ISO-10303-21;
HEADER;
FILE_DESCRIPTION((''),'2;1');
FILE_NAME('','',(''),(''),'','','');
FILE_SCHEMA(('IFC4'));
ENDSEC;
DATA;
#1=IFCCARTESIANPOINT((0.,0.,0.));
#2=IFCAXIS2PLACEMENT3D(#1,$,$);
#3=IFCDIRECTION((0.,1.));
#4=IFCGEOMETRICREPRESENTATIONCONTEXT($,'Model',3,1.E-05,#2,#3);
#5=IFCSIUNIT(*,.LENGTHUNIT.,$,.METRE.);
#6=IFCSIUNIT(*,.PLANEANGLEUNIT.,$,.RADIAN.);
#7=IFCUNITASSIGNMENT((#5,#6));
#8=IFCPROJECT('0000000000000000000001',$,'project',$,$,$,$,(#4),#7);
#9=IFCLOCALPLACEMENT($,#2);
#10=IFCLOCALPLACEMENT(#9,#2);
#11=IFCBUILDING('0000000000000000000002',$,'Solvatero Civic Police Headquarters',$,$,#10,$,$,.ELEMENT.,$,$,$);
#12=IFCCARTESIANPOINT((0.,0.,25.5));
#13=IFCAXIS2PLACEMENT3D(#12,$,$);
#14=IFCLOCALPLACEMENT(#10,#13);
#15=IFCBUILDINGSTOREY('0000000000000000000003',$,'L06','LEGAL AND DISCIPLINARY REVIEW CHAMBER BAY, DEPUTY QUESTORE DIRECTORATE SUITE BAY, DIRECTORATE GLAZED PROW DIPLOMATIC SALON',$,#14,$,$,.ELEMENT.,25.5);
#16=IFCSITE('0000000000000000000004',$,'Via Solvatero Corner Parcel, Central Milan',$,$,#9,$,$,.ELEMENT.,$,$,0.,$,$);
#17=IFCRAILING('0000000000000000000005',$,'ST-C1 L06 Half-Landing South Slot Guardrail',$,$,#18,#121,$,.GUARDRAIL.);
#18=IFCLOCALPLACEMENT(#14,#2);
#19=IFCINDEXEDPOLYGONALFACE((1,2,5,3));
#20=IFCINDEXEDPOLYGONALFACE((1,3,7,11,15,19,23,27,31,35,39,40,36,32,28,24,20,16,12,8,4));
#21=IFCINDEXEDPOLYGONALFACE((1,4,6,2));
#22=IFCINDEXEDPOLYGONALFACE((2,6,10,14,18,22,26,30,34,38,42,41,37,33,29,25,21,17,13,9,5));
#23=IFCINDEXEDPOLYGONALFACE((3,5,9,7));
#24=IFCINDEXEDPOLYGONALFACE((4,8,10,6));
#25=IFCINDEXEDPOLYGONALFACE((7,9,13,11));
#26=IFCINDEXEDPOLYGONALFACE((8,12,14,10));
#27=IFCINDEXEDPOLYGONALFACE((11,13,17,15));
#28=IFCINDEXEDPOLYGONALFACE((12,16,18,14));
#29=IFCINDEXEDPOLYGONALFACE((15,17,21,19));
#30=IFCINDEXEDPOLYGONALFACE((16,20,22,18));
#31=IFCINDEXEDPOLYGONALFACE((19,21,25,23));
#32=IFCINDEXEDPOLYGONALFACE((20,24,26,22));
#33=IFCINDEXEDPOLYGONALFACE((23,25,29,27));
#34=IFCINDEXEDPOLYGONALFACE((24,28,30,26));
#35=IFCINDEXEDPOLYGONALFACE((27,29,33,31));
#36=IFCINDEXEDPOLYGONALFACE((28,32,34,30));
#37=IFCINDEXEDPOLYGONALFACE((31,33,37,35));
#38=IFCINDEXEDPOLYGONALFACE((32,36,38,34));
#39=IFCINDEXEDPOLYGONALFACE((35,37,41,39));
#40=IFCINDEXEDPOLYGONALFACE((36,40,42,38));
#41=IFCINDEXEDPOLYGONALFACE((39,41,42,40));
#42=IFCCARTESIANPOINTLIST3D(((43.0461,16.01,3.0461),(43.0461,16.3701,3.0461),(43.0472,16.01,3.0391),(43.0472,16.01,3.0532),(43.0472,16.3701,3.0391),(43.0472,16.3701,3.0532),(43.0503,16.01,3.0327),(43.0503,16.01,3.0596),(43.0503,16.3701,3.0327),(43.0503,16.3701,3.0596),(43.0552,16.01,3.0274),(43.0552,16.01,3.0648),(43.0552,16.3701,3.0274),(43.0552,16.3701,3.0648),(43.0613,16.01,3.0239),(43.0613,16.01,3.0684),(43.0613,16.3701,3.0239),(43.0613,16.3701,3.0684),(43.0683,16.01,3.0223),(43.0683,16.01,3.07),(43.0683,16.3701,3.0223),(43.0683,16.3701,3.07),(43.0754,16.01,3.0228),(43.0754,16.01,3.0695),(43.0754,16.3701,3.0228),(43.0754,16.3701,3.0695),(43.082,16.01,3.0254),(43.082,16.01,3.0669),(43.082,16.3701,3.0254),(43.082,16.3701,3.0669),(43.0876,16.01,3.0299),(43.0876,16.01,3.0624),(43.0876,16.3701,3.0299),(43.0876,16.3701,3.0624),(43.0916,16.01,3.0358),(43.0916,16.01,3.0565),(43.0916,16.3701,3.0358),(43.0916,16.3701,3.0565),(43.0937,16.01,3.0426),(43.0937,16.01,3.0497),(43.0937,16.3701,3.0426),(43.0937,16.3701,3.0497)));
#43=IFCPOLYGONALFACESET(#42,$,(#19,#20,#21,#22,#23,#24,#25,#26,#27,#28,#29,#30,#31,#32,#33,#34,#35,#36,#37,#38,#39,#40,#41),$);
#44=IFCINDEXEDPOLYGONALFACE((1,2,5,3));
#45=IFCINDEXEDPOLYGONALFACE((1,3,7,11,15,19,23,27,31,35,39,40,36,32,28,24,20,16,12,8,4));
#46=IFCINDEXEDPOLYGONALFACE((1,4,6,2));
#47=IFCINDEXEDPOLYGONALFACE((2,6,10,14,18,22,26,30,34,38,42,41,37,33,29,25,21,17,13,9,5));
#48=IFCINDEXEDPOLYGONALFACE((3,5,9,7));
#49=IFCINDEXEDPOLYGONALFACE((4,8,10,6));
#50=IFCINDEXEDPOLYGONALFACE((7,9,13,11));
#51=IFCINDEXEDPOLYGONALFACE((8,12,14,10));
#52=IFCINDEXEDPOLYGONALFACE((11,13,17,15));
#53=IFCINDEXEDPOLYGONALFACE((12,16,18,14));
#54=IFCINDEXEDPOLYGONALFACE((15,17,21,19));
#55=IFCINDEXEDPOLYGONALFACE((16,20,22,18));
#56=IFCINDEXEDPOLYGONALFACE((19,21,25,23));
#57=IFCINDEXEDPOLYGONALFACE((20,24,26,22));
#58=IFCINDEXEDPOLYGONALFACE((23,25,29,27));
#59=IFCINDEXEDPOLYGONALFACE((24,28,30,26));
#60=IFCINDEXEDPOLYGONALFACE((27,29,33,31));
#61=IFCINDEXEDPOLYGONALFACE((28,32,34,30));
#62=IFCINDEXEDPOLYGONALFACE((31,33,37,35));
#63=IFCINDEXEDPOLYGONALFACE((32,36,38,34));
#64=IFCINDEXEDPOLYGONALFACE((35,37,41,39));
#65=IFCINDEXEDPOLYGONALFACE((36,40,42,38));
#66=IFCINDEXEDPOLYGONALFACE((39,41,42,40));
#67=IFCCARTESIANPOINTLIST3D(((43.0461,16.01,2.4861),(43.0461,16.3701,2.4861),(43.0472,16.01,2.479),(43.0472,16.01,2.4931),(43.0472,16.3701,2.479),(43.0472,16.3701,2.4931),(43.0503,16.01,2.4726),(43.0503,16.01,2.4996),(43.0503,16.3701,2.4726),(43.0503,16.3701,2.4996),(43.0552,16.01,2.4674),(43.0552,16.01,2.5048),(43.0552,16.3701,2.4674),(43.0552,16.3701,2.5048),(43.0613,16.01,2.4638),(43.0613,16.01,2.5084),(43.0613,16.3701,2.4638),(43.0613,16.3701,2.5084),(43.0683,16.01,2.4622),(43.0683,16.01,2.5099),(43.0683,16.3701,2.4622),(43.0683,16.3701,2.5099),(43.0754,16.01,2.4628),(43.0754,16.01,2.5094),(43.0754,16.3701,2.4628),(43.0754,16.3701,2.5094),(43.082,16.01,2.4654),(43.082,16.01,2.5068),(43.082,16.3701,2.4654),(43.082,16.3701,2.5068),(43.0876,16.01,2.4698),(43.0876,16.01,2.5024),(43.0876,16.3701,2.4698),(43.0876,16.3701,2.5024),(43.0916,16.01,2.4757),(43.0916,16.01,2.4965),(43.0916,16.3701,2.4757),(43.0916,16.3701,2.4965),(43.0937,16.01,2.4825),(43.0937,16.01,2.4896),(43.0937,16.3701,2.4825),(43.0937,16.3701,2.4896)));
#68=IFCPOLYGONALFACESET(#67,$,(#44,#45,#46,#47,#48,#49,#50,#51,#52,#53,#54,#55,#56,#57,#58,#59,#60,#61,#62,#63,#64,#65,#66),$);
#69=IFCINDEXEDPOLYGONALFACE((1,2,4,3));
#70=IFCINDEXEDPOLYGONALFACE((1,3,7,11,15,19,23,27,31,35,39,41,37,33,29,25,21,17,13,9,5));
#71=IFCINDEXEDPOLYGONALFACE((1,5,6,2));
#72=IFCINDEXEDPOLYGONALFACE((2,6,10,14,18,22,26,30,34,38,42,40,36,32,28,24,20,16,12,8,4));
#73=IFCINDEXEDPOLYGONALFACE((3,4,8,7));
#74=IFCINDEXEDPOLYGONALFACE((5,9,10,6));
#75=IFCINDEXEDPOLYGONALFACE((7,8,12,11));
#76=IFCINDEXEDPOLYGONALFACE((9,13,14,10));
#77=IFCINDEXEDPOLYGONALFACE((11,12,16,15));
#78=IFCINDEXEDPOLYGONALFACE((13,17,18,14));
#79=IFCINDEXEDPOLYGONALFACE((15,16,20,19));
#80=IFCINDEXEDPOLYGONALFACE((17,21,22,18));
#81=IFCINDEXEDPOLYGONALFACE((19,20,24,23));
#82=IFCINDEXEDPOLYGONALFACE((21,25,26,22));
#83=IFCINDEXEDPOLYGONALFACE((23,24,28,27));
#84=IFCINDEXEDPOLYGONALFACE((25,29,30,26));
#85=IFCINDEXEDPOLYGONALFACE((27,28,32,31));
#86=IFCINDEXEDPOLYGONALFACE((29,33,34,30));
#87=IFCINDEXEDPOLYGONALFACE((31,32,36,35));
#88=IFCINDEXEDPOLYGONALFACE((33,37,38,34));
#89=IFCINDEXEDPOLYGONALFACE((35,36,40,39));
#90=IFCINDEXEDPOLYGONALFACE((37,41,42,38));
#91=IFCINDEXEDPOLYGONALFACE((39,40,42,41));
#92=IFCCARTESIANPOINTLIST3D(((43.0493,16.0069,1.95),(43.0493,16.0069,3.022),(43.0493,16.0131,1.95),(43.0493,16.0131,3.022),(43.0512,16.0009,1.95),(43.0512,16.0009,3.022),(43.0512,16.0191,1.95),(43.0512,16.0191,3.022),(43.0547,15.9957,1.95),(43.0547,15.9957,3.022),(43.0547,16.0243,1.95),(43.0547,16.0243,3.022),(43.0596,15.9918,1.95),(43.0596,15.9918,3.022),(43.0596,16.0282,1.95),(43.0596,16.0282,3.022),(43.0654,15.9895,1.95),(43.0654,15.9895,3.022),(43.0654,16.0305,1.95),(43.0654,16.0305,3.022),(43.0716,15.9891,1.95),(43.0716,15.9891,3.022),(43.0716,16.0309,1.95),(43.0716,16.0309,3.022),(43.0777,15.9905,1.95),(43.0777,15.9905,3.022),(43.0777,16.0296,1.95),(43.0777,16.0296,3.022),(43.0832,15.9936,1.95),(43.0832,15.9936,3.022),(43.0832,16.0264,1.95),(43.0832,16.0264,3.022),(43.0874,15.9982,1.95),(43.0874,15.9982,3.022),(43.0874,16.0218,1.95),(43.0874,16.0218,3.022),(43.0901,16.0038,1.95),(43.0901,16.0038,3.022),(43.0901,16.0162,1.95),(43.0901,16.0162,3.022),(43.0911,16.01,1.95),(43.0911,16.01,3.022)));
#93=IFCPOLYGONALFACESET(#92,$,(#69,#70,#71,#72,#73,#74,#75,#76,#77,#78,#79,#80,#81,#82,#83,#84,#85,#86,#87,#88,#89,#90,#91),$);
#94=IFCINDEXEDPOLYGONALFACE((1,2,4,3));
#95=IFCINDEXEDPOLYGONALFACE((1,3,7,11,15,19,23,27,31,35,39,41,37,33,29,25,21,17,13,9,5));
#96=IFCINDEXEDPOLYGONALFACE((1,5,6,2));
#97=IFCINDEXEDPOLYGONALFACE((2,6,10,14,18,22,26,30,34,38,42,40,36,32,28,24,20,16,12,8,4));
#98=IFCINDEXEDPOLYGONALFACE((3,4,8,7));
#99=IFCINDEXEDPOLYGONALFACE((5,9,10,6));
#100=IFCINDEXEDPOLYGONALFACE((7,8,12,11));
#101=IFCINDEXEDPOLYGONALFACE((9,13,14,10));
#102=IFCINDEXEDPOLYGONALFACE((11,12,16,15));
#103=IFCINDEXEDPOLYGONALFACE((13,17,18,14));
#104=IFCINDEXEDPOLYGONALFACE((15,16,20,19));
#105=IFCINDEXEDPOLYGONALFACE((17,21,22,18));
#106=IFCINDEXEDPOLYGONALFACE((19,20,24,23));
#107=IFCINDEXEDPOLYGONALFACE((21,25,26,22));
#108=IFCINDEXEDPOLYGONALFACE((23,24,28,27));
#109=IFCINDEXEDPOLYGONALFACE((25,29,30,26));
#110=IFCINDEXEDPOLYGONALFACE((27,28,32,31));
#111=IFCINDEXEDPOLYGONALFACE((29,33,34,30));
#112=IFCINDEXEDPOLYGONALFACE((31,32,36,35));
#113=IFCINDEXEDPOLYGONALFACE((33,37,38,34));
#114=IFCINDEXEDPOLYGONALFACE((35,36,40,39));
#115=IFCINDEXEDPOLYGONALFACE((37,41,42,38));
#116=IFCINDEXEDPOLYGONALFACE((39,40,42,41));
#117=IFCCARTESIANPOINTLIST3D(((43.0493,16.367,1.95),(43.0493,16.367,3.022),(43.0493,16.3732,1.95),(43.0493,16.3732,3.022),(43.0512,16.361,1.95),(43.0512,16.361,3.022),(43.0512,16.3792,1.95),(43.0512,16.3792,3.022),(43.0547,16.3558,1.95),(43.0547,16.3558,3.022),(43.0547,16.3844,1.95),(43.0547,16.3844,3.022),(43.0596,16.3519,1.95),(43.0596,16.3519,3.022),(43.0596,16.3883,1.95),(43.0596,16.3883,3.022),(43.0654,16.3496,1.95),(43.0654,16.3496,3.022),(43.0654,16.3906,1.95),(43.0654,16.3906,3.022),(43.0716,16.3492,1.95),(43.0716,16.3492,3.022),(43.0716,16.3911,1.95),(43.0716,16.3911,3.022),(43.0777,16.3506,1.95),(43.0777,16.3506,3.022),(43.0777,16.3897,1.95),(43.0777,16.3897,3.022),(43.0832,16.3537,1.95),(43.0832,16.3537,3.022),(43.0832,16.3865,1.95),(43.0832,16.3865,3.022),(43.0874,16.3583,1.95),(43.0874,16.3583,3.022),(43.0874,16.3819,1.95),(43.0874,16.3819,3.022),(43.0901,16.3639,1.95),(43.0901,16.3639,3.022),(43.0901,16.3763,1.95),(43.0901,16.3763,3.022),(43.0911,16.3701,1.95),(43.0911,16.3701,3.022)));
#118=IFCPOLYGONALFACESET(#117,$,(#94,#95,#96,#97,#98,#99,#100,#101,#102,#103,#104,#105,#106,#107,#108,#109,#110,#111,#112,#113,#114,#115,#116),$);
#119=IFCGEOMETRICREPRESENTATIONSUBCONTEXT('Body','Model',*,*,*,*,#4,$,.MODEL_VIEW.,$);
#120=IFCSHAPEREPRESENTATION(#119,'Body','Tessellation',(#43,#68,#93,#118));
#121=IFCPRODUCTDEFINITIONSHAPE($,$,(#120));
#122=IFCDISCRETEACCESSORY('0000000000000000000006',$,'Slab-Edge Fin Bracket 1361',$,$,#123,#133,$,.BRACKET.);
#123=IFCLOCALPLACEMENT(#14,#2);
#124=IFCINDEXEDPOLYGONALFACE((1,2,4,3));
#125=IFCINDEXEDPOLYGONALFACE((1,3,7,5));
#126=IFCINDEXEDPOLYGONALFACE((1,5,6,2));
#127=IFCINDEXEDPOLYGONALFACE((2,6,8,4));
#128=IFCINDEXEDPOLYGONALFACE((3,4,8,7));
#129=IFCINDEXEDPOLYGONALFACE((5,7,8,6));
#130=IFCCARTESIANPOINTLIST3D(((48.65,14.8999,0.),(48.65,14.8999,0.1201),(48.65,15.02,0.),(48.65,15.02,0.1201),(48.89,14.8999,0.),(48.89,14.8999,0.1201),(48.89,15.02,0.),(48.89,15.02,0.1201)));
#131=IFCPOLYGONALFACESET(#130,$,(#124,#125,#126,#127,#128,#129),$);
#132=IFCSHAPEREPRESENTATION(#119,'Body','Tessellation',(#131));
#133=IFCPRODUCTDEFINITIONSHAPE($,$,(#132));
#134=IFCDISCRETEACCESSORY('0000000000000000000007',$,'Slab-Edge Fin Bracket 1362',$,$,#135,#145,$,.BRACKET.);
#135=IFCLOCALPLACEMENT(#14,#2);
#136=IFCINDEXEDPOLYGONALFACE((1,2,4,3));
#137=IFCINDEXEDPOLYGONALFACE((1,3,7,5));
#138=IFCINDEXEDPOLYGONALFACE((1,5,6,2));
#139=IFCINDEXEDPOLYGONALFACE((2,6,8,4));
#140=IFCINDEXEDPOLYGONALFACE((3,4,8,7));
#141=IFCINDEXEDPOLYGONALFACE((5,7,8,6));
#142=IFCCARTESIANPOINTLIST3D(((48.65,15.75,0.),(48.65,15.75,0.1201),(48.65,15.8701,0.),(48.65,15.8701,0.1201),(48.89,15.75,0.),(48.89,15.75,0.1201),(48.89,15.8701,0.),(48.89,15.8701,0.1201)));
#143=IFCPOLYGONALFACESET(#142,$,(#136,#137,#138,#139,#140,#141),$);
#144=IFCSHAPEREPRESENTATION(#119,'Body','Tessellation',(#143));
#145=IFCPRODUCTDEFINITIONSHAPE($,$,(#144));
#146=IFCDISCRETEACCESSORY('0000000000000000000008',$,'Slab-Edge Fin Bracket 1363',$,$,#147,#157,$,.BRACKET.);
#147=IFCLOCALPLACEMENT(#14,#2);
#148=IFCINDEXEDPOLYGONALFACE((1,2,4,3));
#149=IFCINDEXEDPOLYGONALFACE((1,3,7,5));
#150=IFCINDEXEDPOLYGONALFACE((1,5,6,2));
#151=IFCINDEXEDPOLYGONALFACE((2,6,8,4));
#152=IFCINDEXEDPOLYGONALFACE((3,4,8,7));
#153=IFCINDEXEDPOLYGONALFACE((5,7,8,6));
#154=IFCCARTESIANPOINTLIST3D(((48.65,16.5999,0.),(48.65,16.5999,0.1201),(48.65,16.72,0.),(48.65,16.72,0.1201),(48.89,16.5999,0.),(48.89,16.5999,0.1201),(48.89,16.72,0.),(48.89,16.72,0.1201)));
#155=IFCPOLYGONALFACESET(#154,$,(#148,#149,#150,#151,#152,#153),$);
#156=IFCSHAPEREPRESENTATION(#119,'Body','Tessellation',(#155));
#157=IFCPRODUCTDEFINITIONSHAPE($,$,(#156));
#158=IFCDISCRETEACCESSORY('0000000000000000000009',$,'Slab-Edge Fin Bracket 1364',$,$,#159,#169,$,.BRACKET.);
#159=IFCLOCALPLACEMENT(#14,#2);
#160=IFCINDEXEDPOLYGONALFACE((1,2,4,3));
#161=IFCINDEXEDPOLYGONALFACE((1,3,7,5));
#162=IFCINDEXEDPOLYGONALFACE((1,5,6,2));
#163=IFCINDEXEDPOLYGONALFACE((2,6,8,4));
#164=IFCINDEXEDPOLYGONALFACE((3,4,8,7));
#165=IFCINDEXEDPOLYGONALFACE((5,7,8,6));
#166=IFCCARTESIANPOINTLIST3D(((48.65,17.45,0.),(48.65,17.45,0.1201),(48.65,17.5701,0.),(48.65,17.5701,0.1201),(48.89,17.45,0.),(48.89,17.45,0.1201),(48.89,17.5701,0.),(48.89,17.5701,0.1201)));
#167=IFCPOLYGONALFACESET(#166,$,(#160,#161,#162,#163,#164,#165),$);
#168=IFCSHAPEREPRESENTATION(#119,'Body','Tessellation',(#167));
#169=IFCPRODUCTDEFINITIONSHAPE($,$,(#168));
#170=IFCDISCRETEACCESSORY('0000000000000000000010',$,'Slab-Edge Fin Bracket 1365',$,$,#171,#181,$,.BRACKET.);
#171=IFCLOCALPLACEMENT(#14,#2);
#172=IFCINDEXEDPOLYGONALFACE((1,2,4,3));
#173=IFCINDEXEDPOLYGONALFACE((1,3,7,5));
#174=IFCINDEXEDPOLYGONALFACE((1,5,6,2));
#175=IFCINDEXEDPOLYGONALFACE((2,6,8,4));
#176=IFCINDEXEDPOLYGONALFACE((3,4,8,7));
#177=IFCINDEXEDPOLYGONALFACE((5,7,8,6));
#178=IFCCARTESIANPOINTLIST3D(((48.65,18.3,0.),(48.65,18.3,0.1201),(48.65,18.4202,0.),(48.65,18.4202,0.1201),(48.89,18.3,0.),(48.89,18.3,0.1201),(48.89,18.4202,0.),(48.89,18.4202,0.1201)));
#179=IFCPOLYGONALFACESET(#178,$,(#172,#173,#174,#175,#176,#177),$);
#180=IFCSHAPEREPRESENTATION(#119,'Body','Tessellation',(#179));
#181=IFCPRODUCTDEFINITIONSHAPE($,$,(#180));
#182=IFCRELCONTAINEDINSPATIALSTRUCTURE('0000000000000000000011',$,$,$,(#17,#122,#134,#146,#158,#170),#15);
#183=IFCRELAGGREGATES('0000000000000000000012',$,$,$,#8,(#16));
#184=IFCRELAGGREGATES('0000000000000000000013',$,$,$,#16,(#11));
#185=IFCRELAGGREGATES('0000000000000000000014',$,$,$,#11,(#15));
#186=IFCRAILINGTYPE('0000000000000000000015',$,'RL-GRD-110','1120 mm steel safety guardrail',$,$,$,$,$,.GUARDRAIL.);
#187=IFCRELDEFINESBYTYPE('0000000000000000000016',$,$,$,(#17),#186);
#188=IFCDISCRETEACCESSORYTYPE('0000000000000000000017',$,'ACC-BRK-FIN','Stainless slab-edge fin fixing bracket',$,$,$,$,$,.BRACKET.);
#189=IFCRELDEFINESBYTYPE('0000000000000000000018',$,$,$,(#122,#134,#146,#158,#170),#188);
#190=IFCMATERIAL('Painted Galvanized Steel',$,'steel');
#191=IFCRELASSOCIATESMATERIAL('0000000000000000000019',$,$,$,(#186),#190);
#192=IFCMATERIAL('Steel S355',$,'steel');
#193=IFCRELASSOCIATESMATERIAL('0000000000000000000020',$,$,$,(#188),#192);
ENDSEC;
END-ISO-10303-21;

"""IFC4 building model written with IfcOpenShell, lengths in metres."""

from ifc_helpers import new_model, si_unit, direction, frame, origin, origin_2d, place, context, subcontext, project, spatial, rectangle, circle, extrude, material, type_object, element, save


model = new_model("IFC4")

# Units and contexts
model_context = context("Model", 3, precision=1e-05, world=origin(), true_north=direction((0.0, 1.0)))
body_context = subcontext(model_context, "Body", "Model", "MODEL_VIEW")
ifc_project = project(units=[si_unit("LENGTHUNIT", "METRE"), si_unit("PLANEANGLEUNIT", "RADIAN")], contexts=[model_context])

# Site, building, storey
site_placement = place(None, origin())
site = spatial("IfcSite", under=ifc_project, at=site_placement, Name="Via Solvatero Corner Parcel, Central Milan", CompositionType="ELEMENT", RefElevation=0.0)
building_placement = place(site_placement, origin())
building = spatial("IfcBuilding", under=site, at=building_placement, Name="Solvatero Civic Police Headquarters", CompositionType="ELEMENT")
storey_placement = place(building_placement, frame((0.0, 0.0, 25.5)))
storey = spatial("IfcBuildingStorey", under=building, at=storey_placement, Name="L06", Description="LEGAL AND DISCIPLINARY REVIEW CHAMBER BAY, DEPUTY QUESTORE DIRECTORATE SUITE BAY, DIRECTORATE GLAZED PROW DIPLOMATIC SALON", CompositionType="ELEMENT", Elevation=25.5)

# Shared definitions
ifc_material_1 = material(Name="Steel S355", Category="steel")

# Railing
ifc_material_2 = material(Name="Painted Galvanized Steel", Category="steel")
railing_type_1 = type_object("IfcRailingType", Name="RL-GRD-110", Description="1120 mm steel safety guardrail", PredefinedType="GUARDRAIL", material=ifc_material_2)
railing_1_placement = place(storey_placement, frame((43.0701, 16.01, 1.95)))
element("IfcRailing", 1, at=railing_1_placement, inside=storey, type_object=railing_type_1, Name="ST-C1 L06 Half-Landing South Slot Guardrail", PredefinedType="GUARDRAIL", context=body_context, shape_type="SweptSolid", body=[
    extrude(circle(Radius=0.0239, at=origin_2d()), frame((0.0, 0.0, 1.0962), z_axis=(0.0, 1.0, 0.0), x_axis=(-1.0, 0.0, 0.0)), (0.0, 0.0, 1.0), 0.3601),
    extrude(circle(Radius=0.0239, at=origin_2d()), frame((0.0, 0.0, 0.5361), z_axis=(0.0, 1.0, 0.0), x_axis=(-1.0, 0.0, 0.0)), (0.0, 0.0, 1.0), 0.3601),
    extrude(circle(Radius=0.021, at=origin_2d()), origin(), (0.0, 0.0, 1.0), 1.072),
    extrude(circle(Radius=0.021, at=origin_2d()), frame((0.0, 0.3601, 0.0)), (0.0, 0.0, 1.0), 1.072),
])

# Discrete accessories
discrete_accessory_type = type_object("IfcDiscreteAccessoryType", Name="ACC-BRK-FIN", Description="Stainless slab-edge fin fixing bracket", PredefinedType="BRACKET", material=ifc_material_1)
for number, where, z_axis, x_axis, name in (
    (2, (48.77, 14.96, 0.0), (0.0, 0.0, 1.0), (0.0, 1.0, 0.0), "Slab-Edge Fin Bracket 1361"),
    (3, (48.77, 15.8101, 0.0), (0.0, 0.0, 1.0), (0.0, 1.0, 0.0), "Slab-Edge Fin Bracket 1362"),
    (4, (48.77, 16.6599, 0.0), (0.0, 0.0, 1.0), (0.0, 1.0, 0.0), "Slab-Edge Fin Bracket 1363"),
    (5, (48.77, 17.51, 0.0), (0.0, 0.0, 1.0), (0.0, 1.0, 0.0), "Slab-Edge Fin Bracket 1364"),
    (6, (48.77, 18.3601, 0.0), (0.0, 0.0, 1.0), (0.0, 1.0, 0.0), "Slab-Edge Fin Bracket 1365"),
):
    element("IfcDiscreteAccessory", number, at=place(storey_placement, frame(where, z_axis=z_axis, x_axis=x_axis)), inside=storey, type_object=discrete_accessory_type, Name=name, PredefinedType="BRACKET", context=body_context, shape_type="SweptSolid", body=[
        extrude(rectangle(XDim=0.1201, YDim=0.24, at=origin_2d()), origin(), (0.0, 0.0, 1.0), 0.1201),
    ])

save(model, "model.ifc")
